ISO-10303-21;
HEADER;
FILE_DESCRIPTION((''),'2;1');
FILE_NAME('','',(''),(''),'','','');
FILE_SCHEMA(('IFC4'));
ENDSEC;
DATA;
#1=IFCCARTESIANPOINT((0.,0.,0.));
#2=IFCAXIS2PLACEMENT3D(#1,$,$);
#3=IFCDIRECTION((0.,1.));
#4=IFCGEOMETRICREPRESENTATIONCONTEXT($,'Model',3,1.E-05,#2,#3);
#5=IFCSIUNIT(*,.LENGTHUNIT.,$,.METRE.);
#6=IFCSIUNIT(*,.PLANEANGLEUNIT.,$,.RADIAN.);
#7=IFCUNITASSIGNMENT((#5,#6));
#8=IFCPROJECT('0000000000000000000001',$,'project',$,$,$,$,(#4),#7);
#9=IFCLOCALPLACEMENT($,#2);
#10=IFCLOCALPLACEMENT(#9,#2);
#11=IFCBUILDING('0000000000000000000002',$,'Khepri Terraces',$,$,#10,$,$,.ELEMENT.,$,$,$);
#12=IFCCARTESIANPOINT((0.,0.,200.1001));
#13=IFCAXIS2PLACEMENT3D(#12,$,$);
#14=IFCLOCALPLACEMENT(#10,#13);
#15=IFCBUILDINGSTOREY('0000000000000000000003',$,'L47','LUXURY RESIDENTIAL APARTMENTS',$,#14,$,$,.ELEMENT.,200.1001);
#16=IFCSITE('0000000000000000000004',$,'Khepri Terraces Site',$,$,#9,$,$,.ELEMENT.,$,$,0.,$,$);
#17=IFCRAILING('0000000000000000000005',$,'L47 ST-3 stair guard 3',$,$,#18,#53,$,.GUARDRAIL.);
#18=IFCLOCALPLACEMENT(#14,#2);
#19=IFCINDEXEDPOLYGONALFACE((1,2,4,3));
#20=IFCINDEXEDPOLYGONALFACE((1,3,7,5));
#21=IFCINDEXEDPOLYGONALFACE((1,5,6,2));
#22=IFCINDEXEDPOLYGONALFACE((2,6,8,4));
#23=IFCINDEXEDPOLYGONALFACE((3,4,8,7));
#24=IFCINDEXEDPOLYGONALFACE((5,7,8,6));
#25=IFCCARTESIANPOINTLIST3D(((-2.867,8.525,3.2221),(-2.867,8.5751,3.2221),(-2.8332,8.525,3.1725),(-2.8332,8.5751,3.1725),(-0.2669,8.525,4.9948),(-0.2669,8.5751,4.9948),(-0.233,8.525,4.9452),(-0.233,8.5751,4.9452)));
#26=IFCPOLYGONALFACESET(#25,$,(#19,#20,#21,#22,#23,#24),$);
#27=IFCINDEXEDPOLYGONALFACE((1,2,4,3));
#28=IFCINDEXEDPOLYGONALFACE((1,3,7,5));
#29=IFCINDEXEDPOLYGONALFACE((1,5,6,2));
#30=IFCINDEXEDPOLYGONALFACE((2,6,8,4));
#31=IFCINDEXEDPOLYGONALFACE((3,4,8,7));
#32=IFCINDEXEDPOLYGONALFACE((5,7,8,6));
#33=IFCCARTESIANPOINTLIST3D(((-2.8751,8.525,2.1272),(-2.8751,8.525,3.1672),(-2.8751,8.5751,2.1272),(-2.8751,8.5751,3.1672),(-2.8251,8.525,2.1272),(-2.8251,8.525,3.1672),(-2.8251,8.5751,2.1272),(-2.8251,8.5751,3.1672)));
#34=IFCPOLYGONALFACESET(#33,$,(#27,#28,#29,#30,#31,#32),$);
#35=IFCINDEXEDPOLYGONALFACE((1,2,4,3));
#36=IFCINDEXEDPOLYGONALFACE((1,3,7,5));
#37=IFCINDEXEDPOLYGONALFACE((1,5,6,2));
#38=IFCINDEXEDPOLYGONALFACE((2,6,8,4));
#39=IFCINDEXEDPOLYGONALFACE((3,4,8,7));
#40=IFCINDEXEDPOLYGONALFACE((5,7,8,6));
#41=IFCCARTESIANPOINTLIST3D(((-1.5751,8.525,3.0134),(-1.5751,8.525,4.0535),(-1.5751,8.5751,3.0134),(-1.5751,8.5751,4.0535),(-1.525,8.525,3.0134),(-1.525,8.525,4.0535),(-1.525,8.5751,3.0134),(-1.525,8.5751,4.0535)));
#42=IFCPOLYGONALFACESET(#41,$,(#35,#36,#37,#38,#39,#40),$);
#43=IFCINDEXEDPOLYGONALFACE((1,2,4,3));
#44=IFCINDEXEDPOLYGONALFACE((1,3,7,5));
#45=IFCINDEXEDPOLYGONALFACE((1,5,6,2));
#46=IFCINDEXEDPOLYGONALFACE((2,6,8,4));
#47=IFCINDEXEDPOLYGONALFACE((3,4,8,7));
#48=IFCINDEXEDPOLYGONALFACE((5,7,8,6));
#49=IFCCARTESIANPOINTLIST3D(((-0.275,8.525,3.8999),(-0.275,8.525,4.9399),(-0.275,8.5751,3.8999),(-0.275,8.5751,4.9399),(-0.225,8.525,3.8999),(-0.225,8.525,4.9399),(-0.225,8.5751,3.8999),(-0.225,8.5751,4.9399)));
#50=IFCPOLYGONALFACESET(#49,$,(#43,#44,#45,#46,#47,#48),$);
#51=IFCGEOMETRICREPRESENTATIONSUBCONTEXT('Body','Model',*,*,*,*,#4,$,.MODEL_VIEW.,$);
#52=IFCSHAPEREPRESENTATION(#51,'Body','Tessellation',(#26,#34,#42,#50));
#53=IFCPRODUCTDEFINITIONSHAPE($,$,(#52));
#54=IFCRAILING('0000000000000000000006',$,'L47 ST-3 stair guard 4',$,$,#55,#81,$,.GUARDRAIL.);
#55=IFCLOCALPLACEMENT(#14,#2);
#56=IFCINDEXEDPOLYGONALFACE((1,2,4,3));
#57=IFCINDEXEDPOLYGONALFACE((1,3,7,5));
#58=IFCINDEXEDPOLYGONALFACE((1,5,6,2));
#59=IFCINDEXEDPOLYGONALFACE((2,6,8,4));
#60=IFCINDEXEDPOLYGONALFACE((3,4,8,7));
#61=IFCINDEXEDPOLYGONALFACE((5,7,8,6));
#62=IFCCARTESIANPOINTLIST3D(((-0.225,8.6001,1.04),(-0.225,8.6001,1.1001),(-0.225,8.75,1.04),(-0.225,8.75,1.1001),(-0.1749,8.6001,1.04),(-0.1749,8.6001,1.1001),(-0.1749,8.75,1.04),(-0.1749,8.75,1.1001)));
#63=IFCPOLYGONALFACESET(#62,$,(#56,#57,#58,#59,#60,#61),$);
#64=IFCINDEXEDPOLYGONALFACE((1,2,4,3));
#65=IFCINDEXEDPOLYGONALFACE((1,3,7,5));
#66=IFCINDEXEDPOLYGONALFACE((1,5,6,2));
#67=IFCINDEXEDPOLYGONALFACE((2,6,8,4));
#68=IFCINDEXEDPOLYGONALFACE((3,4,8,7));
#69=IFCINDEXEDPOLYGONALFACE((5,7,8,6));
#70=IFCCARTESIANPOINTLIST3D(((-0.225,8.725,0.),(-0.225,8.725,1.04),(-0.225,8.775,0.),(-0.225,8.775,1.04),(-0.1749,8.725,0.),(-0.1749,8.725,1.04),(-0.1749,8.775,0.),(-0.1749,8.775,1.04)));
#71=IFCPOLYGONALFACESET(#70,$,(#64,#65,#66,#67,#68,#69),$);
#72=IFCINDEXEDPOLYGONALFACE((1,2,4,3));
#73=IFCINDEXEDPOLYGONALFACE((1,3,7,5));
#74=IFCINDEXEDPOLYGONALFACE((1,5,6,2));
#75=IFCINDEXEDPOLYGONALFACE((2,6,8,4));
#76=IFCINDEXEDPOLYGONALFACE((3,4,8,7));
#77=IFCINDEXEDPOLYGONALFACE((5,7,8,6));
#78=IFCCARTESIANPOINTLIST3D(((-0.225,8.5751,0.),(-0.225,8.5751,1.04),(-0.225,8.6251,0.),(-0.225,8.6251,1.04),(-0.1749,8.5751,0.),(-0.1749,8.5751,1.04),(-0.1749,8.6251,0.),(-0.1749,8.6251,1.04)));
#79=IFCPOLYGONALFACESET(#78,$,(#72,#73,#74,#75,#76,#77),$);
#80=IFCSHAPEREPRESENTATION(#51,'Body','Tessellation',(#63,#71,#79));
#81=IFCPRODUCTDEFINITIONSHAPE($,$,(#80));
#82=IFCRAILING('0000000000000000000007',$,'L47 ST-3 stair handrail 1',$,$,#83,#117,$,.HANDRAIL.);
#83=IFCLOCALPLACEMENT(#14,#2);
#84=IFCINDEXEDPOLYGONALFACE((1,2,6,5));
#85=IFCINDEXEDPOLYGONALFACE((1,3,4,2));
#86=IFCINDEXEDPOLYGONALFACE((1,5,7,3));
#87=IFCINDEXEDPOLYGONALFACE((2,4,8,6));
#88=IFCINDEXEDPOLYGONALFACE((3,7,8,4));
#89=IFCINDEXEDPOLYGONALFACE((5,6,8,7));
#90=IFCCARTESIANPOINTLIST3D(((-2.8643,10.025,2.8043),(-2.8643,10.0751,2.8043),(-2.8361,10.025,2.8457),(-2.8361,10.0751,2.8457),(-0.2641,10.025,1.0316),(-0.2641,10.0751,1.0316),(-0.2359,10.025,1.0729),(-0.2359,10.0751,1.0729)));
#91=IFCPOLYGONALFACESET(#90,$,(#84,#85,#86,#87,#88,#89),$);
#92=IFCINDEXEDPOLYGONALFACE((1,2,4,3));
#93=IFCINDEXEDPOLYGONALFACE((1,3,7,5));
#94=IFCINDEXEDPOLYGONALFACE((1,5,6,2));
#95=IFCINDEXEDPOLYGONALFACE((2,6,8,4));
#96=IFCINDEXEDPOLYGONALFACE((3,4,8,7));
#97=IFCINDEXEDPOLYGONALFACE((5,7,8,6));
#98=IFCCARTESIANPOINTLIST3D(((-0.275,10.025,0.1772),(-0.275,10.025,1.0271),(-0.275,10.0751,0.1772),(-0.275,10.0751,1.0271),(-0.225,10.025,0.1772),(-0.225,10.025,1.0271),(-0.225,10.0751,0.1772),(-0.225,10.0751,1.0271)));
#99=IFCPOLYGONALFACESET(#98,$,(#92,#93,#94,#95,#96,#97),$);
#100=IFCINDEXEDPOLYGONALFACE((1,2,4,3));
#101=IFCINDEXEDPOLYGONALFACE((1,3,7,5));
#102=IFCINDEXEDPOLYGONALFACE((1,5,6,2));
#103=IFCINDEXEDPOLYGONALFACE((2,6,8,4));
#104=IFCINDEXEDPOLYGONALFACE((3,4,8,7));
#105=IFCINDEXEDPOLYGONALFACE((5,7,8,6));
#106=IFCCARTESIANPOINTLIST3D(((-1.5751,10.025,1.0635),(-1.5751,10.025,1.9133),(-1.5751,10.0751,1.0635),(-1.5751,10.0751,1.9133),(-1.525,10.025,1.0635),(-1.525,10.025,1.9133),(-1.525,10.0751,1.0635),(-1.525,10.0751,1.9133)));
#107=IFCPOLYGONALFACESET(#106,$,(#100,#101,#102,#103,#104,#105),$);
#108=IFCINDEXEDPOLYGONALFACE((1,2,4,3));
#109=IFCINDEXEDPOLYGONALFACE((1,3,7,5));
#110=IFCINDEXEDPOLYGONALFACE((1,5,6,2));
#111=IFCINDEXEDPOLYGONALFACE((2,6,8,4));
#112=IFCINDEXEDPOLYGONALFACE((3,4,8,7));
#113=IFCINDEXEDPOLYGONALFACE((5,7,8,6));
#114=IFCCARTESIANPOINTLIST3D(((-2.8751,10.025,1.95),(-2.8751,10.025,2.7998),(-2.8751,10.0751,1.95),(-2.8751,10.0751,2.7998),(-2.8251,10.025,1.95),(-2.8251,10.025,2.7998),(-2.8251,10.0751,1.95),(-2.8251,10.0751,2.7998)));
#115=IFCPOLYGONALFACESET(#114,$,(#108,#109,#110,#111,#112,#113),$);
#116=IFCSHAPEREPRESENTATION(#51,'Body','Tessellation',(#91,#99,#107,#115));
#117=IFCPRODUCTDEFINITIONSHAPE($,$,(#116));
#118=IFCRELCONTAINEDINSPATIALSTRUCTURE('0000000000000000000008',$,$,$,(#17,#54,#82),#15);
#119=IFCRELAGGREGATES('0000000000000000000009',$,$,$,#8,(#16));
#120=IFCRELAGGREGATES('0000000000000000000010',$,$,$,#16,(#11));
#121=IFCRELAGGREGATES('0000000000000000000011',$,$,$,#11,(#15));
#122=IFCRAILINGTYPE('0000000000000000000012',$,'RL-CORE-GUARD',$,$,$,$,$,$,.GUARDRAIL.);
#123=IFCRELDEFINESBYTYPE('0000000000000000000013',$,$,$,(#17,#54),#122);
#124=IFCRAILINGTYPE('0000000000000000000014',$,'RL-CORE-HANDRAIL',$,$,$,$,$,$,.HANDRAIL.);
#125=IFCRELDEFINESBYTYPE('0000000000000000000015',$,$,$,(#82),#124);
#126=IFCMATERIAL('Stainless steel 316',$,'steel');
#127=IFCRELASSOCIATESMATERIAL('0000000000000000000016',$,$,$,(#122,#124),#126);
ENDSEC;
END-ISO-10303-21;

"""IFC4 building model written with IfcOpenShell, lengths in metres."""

from ifc_helpers import new_model, si_unit, direction, frame, origin, origin_2d, place, context, subcontext, project, spatial, rectangle, extrude, material, type_object, element, save


model = new_model("IFC4")

# Units and contexts
model_context = context("Model", 3, precision=1e-05, world=origin(), true_north=direction((0.0, 1.0)))
body_context = subcontext(model_context, "Body", "Model", "MODEL_VIEW")
ifc_project = project(units=[si_unit("LENGTHUNIT", "METRE"), si_unit("PLANEANGLEUNIT", "RADIAN")], contexts=[model_context])

# Site, building, storey
site_placement = place(None, origin())
site = spatial("IfcSite", under=ifc_project, at=site_placement, Name="Khepri Terraces Site", CompositionType="ELEMENT", RefElevation=0.0)
building_placement = place(site_placement, origin())
building = spatial("IfcBuilding", under=site, at=building_placement, Name="Khepri Terraces", CompositionType="ELEMENT")
storey_placement = place(building_placement, frame((0.0, 0.0, 200.1001)))
storey = spatial("IfcBuildingStorey", under=building, at=storey_placement, Name="L47", Description="LUXURY RESIDENTIAL APARTMENTS", CompositionType="ELEMENT", Elevation=200.1001)

# Railings
ifc_material_1 = material(Name="Stainless steel 316", Category="steel")
railing_type_1 = type_object("IfcRailingType", Name="RL-CORE-GUARD", PredefinedType="GUARDRAIL", material=ifc_material_1)
railing_1_placement = place(storey_placement, frame((-2.8501, 8.55, 2.1272)))
element("IfcRailing", 1, at=railing_1_placement, inside=storey, type_object=railing_type_1, Name="L47 ST-3 stair guard 3", PredefinedType="GUARDRAIL", context=body_context, shape_type="SweptSolid", body=[
    extrude(rectangle(XDim=0.05, YDim=0.0601, at=origin_2d()), frame((0.0, 0.0, 1.0701), z_axis=(0.82624, 0.0, 0.563318), x_axis=(0.0, 1.0, 0.0)), (0.0, 0.0, 1.0), 3.147),
    extrude(rectangle(XDim=0.05, YDim=0.05, at=origin_2d()), origin(), (0.0, 0.0, 1.0), 1.04),
    extrude(rectangle(XDim=0.05, YDim=0.05, at=origin_2d()), frame((1.3, 0.0, 0.8862)), (0.0, 0.0, 1.0), 1.04),
    extrude(rectangle(XDim=0.05, YDim=0.05, at=origin_2d()), frame((2.6001, 0.0, 1.7727)), (0.0, 0.0, 1.0), 1.04),
])
railing_2_placement = place(storey_placement, frame((-0.2, 8.75, 0.0)))
element("IfcRailing", 2, at=railing_2_placement, inside=storey, type_object=railing_type_1, Name="L47 ST-3 stair guard 4", PredefinedType="GUARDRAIL", context=body_context, shape_type="SweptSolid", body=[
    extrude(rectangle(XDim=0.05, YDim=0.0601, at=origin_2d()), frame((0.0, 0.0, 1.0701), z_axis=(0.0, -1.0, 0.0), x_axis=(1.0, 0.0, 0.0)), (0.0, 0.0, 1.0), 0.1499),
    extrude(rectangle(XDim=0.05, YDim=0.05, at=origin_2d()), origin(), (0.0, 0.0, 1.0), 1.04),
    extrude(rectangle(XDim=0.05, YDim=0.05, at=origin_2d()), frame((0.0, -0.1499, 0.0)), (0.0, 0.0, 1.0), 1.04),
])
railing_type_2 = type_object("IfcRailingType", Name="RL-CORE-HANDRAIL", PredefinedType="HANDRAIL", material=ifc_material_1)
railing_3_placement = place(storey_placement, frame((-0.25, 10.05, 0.1772)))
element("IfcRailing", 3, at=railing_3_placement, inside=storey, type_object=railing_type_2, Name="L47 ST-3 stair handrail 1", PredefinedType="HANDRAIL", context=body_context, shape_type="SweptSolid", body=[
    extrude(rectangle(XDim=0.05, YDim=0.05, at=origin_2d()), frame((0.0, 0.0, 0.875), z_axis=(-0.82624, 0.0, 0.563318), x_axis=(0.0, -1.0, 0.0)), (0.0, 0.0, 1.0), 3.147),
    extrude(rectangle(XDim=0.05, YDim=0.05, at=origin_2d()), origin(), (0.0, 0.0, 1.0), 0.8499),
    extrude(rectangle(XDim=0.05, YDim=0.05, at=origin_2d()), frame((-1.3, 0.0, 0.8862)), (0.0, 0.0, 1.0), 0.8499),
    extrude(rectangle(XDim=0.05, YDim=0.05, at=origin_2d()), frame((-2.6001, 0.0, 1.7727)), (0.0, 0.0, 1.0), 0.8499),
])

save(model, "model.ifc")
